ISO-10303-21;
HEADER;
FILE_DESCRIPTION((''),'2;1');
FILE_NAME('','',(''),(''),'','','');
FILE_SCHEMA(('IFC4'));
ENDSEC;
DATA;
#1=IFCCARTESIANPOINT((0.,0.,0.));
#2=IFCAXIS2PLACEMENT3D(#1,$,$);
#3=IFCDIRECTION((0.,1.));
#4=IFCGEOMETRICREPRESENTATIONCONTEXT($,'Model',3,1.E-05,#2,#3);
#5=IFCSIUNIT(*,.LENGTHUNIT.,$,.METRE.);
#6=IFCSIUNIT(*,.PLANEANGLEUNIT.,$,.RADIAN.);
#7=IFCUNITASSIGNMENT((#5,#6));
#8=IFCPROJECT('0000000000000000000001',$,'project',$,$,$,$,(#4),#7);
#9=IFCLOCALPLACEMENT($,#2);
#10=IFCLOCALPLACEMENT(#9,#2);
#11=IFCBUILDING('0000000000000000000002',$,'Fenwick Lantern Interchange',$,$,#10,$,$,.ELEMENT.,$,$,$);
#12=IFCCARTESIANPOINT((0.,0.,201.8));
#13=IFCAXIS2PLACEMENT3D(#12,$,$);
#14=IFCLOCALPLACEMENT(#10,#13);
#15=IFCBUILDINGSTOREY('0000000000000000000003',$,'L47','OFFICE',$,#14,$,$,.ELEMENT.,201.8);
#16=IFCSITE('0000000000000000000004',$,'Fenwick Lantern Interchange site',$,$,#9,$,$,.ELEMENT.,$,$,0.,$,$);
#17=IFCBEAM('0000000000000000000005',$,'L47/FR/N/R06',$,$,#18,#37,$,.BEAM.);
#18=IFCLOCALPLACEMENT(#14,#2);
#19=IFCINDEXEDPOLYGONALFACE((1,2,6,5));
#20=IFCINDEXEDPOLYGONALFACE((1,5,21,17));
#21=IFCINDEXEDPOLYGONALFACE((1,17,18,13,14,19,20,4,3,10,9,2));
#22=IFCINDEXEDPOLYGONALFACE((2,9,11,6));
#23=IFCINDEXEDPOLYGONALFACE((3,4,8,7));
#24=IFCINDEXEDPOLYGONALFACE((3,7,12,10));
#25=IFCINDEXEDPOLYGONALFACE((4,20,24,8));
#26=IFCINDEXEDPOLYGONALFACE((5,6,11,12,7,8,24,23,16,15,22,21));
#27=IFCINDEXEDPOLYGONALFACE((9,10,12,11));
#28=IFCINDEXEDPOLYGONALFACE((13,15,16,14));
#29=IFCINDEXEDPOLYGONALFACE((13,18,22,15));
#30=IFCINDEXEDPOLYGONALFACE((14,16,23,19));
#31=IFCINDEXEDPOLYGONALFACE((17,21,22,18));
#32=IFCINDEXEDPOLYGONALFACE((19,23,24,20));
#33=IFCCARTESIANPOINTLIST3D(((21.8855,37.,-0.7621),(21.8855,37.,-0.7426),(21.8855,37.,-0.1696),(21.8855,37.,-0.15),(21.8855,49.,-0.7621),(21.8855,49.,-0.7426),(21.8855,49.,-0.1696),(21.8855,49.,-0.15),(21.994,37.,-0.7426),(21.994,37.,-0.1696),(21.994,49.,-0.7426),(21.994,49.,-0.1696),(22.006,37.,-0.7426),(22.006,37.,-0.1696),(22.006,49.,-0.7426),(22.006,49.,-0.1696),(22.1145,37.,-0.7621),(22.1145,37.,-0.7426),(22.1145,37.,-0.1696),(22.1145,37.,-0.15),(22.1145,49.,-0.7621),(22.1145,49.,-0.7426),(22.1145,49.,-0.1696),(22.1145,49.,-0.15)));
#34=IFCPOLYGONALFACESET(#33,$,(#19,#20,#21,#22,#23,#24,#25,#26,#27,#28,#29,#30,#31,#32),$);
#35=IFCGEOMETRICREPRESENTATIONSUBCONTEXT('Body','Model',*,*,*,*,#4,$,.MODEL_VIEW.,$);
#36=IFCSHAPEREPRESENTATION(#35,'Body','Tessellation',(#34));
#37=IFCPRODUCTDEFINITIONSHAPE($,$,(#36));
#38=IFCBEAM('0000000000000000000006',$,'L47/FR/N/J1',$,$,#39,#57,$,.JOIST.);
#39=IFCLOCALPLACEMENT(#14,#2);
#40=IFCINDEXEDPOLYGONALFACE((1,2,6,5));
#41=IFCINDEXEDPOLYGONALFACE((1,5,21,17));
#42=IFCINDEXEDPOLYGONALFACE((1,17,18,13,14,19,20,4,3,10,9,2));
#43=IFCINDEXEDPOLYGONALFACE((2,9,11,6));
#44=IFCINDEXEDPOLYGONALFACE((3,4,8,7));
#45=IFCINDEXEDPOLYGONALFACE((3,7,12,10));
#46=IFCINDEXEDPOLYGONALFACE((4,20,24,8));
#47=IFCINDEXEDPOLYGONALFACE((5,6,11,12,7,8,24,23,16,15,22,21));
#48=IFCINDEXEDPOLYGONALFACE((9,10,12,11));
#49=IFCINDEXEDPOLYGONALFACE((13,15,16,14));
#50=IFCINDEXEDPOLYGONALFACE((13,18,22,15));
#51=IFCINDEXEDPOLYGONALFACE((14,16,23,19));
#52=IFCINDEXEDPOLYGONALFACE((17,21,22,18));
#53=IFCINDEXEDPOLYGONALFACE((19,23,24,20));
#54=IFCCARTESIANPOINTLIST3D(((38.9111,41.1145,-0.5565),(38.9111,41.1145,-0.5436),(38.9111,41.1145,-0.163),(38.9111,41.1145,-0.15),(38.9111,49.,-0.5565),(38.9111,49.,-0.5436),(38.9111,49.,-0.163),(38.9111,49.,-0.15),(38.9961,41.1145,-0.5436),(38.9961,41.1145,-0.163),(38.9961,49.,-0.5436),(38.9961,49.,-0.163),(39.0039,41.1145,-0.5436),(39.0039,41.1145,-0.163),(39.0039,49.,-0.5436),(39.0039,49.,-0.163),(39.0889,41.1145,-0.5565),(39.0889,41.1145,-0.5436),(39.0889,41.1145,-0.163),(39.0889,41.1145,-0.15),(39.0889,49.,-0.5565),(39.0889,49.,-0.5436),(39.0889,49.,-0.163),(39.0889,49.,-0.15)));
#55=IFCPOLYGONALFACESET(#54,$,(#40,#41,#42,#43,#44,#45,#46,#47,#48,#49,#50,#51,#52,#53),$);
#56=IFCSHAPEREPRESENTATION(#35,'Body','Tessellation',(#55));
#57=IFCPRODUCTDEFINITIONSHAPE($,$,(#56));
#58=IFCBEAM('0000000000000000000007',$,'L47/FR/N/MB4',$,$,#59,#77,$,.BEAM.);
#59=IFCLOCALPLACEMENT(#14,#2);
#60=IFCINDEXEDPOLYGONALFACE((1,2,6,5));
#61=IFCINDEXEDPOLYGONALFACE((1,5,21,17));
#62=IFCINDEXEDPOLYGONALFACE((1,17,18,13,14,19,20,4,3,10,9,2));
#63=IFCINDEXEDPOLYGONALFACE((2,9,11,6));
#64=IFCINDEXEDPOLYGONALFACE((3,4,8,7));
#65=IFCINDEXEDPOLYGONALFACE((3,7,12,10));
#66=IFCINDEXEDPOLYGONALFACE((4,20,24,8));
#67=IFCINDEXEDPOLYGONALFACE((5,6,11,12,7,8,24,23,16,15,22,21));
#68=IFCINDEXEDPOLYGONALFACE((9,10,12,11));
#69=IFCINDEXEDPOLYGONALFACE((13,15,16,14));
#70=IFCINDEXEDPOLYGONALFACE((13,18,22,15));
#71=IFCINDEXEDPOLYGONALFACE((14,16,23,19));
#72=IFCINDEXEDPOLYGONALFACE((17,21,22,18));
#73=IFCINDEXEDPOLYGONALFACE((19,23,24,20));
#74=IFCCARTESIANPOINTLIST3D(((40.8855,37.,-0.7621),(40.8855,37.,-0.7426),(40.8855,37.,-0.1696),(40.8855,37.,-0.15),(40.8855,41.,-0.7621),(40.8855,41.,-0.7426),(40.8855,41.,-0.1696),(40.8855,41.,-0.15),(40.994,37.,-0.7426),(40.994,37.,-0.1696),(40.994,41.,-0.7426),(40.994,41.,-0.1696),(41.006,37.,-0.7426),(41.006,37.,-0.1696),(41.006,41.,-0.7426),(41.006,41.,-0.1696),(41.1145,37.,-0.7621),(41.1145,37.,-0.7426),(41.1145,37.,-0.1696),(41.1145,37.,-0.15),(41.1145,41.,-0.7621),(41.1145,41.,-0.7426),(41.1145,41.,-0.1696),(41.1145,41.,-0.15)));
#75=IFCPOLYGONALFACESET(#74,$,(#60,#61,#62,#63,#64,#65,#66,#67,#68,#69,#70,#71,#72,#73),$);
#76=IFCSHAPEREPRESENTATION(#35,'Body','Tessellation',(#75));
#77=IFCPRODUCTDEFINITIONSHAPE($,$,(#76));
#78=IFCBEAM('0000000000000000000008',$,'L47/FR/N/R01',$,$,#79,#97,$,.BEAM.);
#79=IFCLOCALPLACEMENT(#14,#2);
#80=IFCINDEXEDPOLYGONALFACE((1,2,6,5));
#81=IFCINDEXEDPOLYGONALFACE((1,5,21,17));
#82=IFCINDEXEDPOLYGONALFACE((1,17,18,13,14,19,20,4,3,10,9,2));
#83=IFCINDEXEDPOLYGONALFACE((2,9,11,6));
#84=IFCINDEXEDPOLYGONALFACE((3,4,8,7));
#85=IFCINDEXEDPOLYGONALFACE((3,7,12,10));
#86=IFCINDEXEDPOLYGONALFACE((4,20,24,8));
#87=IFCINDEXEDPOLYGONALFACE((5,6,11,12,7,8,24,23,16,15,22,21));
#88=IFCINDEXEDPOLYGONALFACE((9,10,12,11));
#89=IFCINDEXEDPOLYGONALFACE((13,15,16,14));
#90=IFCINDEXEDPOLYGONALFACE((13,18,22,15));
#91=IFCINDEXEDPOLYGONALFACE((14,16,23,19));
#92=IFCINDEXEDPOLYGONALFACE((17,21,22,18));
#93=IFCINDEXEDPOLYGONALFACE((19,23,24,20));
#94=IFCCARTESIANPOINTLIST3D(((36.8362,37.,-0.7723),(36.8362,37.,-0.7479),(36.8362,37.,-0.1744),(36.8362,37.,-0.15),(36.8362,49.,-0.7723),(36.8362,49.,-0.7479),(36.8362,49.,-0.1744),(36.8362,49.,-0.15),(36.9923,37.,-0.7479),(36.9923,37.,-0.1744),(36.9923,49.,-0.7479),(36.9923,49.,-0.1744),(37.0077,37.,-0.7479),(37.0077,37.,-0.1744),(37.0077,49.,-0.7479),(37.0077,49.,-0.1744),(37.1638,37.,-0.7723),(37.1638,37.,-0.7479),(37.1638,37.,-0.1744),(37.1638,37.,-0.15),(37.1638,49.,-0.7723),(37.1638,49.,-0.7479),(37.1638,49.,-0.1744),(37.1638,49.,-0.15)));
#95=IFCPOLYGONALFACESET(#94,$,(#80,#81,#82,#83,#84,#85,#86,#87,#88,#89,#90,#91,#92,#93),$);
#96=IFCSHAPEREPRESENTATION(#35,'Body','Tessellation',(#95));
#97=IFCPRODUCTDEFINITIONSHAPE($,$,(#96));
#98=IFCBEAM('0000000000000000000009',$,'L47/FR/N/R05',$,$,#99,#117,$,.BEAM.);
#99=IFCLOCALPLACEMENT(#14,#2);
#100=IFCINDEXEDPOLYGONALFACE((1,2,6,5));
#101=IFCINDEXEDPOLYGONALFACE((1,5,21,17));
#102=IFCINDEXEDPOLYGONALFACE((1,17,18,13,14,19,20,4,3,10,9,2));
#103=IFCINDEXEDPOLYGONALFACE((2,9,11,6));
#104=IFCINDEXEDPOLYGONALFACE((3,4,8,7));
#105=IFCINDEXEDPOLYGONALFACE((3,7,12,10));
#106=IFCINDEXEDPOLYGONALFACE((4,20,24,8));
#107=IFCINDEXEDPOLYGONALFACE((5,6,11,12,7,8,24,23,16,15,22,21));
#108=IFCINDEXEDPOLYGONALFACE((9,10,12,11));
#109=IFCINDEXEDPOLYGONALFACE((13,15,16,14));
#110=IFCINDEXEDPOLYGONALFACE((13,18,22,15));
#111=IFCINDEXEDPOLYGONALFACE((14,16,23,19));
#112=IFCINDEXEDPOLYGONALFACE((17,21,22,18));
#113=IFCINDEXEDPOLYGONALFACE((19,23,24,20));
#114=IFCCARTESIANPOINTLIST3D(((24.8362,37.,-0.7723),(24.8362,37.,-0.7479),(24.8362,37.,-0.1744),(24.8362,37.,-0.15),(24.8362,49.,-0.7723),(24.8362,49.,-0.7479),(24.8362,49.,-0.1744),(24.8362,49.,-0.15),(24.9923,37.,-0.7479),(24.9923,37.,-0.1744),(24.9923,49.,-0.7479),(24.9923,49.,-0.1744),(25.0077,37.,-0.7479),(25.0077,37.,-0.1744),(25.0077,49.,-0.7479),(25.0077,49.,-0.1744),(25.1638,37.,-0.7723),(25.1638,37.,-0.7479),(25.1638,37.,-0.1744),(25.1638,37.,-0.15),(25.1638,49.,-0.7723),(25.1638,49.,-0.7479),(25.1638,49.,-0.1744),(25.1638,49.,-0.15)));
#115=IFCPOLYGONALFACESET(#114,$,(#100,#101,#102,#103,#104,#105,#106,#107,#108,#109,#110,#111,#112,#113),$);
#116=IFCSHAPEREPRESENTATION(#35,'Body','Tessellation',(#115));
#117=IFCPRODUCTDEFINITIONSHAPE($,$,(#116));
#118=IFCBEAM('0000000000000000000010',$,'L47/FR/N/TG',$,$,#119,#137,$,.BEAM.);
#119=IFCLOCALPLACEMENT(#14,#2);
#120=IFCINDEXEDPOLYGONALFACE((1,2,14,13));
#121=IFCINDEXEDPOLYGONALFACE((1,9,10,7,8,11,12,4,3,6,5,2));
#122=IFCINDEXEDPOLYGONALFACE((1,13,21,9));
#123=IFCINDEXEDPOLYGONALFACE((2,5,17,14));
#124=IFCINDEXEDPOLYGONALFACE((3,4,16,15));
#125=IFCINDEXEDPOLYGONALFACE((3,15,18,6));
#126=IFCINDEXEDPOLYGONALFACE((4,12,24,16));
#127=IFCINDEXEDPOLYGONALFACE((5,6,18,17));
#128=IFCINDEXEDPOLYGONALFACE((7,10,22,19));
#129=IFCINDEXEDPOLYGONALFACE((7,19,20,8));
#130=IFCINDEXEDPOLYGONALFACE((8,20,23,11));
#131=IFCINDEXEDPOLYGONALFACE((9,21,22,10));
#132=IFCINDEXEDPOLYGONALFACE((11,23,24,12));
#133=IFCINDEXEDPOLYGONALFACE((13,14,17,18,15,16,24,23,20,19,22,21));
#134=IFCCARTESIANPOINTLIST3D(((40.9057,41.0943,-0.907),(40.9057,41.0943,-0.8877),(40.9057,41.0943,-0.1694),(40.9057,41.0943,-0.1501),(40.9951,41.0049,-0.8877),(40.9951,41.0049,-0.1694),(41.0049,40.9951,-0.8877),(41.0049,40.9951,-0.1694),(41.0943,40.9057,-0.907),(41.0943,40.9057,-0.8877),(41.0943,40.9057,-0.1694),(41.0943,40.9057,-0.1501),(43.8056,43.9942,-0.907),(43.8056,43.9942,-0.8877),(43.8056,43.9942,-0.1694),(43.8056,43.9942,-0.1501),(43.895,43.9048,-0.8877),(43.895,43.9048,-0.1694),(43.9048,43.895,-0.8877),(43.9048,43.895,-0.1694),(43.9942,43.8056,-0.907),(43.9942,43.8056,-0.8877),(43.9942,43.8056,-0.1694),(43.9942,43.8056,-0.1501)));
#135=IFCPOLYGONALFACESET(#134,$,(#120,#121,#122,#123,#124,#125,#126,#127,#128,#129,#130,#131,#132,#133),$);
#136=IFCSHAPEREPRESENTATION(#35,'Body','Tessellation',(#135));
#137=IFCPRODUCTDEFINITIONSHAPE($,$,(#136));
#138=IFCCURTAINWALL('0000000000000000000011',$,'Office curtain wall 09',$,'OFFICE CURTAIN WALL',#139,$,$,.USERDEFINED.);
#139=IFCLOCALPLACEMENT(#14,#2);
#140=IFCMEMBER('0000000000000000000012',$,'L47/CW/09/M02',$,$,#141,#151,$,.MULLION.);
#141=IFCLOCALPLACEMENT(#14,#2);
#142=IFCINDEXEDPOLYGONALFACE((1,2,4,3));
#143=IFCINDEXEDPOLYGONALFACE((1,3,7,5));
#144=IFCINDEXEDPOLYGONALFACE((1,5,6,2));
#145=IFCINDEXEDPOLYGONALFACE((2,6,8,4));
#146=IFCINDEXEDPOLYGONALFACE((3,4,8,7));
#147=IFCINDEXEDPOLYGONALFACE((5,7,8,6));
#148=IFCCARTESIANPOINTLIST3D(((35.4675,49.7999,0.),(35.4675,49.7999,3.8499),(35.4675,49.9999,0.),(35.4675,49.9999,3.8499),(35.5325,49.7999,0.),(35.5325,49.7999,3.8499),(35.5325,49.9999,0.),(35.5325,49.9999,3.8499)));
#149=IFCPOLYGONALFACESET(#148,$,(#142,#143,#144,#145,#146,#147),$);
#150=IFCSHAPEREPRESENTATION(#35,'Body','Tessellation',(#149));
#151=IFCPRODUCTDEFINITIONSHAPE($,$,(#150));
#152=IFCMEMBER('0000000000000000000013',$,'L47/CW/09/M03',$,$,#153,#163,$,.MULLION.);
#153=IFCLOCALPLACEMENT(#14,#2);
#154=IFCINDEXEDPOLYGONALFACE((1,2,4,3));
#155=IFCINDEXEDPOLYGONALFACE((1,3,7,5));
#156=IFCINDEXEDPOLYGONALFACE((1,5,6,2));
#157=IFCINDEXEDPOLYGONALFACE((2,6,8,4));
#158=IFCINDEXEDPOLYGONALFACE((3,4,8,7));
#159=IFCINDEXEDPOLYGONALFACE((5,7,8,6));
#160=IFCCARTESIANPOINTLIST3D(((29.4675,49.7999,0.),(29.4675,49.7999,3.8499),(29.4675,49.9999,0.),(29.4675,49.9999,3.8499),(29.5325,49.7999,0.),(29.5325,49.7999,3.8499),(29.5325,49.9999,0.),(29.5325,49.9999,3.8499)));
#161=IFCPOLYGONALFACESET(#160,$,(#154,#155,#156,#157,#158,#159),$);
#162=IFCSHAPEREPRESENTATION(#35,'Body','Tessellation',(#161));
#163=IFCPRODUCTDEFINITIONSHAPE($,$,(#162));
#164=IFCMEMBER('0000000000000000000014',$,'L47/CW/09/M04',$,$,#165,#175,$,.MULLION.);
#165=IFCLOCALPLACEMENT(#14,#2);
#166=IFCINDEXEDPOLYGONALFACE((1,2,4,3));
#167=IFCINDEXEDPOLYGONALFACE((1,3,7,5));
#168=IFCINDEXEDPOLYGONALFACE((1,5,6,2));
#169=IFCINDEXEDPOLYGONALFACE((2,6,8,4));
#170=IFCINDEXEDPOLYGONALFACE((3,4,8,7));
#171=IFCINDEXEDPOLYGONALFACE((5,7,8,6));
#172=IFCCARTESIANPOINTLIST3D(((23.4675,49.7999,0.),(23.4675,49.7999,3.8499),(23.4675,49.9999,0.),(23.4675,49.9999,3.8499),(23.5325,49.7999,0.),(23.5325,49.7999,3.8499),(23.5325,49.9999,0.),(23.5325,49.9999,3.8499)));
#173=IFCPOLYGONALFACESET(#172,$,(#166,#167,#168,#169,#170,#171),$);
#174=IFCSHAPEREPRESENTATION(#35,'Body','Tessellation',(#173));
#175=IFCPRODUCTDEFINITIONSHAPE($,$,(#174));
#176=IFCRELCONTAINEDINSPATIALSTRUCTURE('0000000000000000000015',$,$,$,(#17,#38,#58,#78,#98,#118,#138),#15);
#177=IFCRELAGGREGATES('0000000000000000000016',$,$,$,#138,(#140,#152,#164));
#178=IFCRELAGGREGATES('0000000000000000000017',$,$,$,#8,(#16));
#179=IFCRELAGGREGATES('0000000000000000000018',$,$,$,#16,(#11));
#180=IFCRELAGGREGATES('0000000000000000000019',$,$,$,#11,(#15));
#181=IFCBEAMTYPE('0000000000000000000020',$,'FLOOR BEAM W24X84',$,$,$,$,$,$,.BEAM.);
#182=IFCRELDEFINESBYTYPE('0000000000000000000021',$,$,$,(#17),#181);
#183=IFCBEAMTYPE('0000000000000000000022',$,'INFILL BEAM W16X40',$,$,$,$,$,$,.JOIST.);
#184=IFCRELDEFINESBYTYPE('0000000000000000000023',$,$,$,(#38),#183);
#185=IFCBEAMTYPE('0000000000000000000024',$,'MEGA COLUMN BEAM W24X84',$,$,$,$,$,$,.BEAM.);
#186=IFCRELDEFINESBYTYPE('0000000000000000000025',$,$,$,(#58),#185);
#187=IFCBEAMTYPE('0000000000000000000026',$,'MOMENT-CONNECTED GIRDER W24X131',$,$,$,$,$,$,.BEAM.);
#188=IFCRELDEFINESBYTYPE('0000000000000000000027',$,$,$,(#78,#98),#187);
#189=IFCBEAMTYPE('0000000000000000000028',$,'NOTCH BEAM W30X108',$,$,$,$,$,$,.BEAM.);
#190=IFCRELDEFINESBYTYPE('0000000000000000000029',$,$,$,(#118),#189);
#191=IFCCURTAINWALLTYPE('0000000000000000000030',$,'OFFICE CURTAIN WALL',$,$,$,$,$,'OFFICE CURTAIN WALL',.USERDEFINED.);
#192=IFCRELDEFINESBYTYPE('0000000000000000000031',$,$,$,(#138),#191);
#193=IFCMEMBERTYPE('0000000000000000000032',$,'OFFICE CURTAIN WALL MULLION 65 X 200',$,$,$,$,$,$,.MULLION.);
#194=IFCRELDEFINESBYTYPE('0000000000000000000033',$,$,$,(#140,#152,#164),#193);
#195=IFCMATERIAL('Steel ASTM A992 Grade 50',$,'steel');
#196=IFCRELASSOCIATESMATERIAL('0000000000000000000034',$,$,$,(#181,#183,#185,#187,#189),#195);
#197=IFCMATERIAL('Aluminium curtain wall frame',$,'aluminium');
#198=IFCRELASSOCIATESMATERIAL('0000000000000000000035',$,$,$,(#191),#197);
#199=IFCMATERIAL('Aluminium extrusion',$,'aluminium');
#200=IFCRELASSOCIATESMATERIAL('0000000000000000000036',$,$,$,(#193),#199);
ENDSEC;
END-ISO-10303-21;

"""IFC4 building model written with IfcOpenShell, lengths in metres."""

from ifc_helpers import new_model, si_unit, direction, frame, origin, origin_2d, place, context, subcontext, project, spatial, rectangle, i_section, extrude, material, material_profile, profile_set, type_object, element, aggregate, save


model = new_model("IFC4")

# Units and contexts
model_context = context("Model", 3, precision=1e-05, world=origin(), true_north=direction((0.0, 1.0)))
body_context = subcontext(model_context, "Body", "Model", "MODEL_VIEW")
ifc_project = project(units=[si_unit("LENGTHUNIT", "METRE"), si_unit("PLANEANGLEUNIT", "RADIAN")], contexts=[model_context])

# Site, building, storey
site_placement = place(None, origin())
site = spatial("IfcSite", under=ifc_project, at=site_placement, Name="Fenwick Lantern Interchange site", CompositionType="ELEMENT", RefElevation=0.0)
building_placement = place(site_placement, origin())
building = spatial("IfcBuilding", under=site, at=building_placement, Name="Fenwick Lantern Interchange", CompositionType="ELEMENT")
storey_placement = place(building_placement, frame((0.0, 0.0, 201.8)))
storey = spatial("IfcBuildingStorey", under=building, at=storey_placement, Name="L47", Description="OFFICE", CompositionType="ELEMENT", Elevation=201.8)

# Shared definitions
ifc_material_1 = material(Name="Steel ASTM A992 Grade 50", Category="steel")

# Beams
ifc_material_profile_1 = material_profile(ifc_material_1, i_section(OverallWidth=0.229, OverallDepth=0.6121, WebThickness=0.012, FlangeThickness=0.0195, at=origin_2d()), Name="W24X84")
ifc_profile_set_1 = profile_set([ifc_material_profile_1], Name="Steel ASTM A992 Grade 50")
beam_type_1 = type_object("IfcBeamType", Name="FLOOR BEAM W24X84", PredefinedType="BEAM", material=ifc_profile_set_1)
for number, where, z_axis, x_axis, name in (
    (1, (22.0, 49.0, -0.4561), (0.0, -1.0, 0.0), (1.0, 0.0, 0.0), "L47/FR/N/R06"),
):
    element("IfcBeam", number, at=place(storey_placement, frame(where, z_axis=z_axis, x_axis=x_axis)), inside=storey, type_object=beam_type_1, Name=name, PredefinedType="BEAM", context=body_context, shape_type="SweptSolid", body=[
        extrude(i_section(OverallWidth=0.229, OverallDepth=0.6121, WebThickness=0.012, FlangeThickness=0.0195, at=origin_2d()), origin(), (0.0, 0.0, 1.0), 12.0),
    ])
ifc_material_profile_2 = material_profile(ifc_material_1, i_section(OverallWidth=0.1777, OverallDepth=0.4065, WebThickness=0.0078, FlangeThickness=0.0129, at=origin_2d()), Name="W16X40")
ifc_profile_set_2 = profile_set([ifc_material_profile_2], Name="Steel ASTM A992 Grade 50")
beam_type_2 = type_object("IfcBeamType", Name="INFILL BEAM W16X40", PredefinedType="JOIST", material=ifc_profile_set_2)
beam_1_placement = place(storey_placement, frame((39.0, 49.0, -0.3533), z_axis=(0.0, -1.0, 0.0), x_axis=(1.0, 0.0, 0.0)))
element("IfcBeam", 2, at=beam_1_placement, inside=storey, type_object=beam_type_2, Name="L47/FR/N/J1", PredefinedType="JOIST", context=body_context, shape_type="SweptSolid", body=[
    extrude(i_section(OverallWidth=0.1777, OverallDepth=0.4065, WebThickness=0.0078, FlangeThickness=0.0129, at=origin_2d()), origin(), (0.0, 0.0, 1.0), 7.8855),
])
ifc_material_profile_3 = material_profile(ifc_material_1, i_section(OverallWidth=0.229, OverallDepth=0.6121, WebThickness=0.012, FlangeThickness=0.0195, at=origin_2d()), Name="W24X84")
ifc_profile_set_3 = profile_set([ifc_material_profile_3], Name="Steel ASTM A992 Grade 50")
beam_type_3 = type_object("IfcBeamType", Name="MEGA COLUMN BEAM W24X84", PredefinedType="BEAM", material=ifc_profile_set_3)
beam_2_placement = place(storey_placement, frame((41.0, 41.0, -0.4561), z_axis=(0.0, -1.0, 0.0), x_axis=(1.0, 0.0, 0.0)))
element("IfcBeam", 3, at=beam_2_placement, inside=storey, type_object=beam_type_3, Name="L47/FR/N/MB4", PredefinedType="BEAM", context=body_context, shape_type="SweptSolid", body=[
    extrude(i_section(OverallWidth=0.229, OverallDepth=0.6121, WebThickness=0.012, FlangeThickness=0.0195, at=origin_2d()), origin(), (0.0, 0.0, 1.0), 4.0),
])
ifc_material_profile_4 = material_profile(ifc_material_1, i_section(OverallWidth=0.3276, OverallDepth=0.6223, WebThickness=0.0154, FlangeThickness=0.0244, at=origin_2d()), Name="W24X131")
ifc_profile_set_4 = profile_set([ifc_material_profile_4], Name="Steel ASTM A992 Grade 50")
beam_type_4 = type_object("IfcBeamType", Name="MOMENT-CONNECTED GIRDER W24X131", PredefinedType="BEAM", material=ifc_profile_set_4)
for number, where, z_axis, x_axis, name in (
    (4, (37.0, 49.0, -0.4612), (0.0, -1.0, 0.0), (1.0, 0.0, 0.0), "L47/FR/N/R01"),
    (5, (25.0, 49.0, -0.4612), (0.0, -1.0, 0.0), (1.0, 0.0, 0.0), "L47/FR/N/R05"),
):
    element("IfcBeam", number, at=place(storey_placement, frame(where, z_axis=z_axis, x_axis=x_axis)), inside=storey, type_object=beam_type_4, Name=name, PredefinedType="BEAM", context=body_context, shape_type="SweptSolid", body=[
        extrude(i_section(OverallWidth=0.3276, OverallDepth=0.6223, WebThickness=0.0154, FlangeThickness=0.0244, at=origin_2d()), origin(), (0.0, 0.0, 1.0), 12.0),
    ])
ifc_material_profile_5 = material_profile(ifc_material_1, i_section(OverallWidth=0.2666, OverallDepth=0.7568, WebThickness=0.0139, FlangeThickness=0.0193, at=origin_2d()), Name="W30X108")
ifc_profile_set_5 = profile_set([ifc_material_profile_5], Name="Steel ASTM A992 Grade 50")
beam_type_5 = type_object("IfcBeamType", Name="NOTCH BEAM W30X108", PredefinedType="BEAM", material=ifc_profile_set_5)
beam_3_placement = place(storey_placement, frame((41.0, 41.0, -0.5286), z_axis=(0.707107, 0.707107, 0.0), x_axis=(-0.707107, 0.707107, 0.0)))
element("IfcBeam", 6, at=beam_3_placement, inside=storey, type_object=beam_type_5, Name="L47/FR/N/TG", PredefinedType="BEAM", context=body_context, shape_type="SweptSolid", body=[
    extrude(i_section(OverallWidth=0.2666, OverallDepth=0.7568, WebThickness=0.0139, FlangeThickness=0.0193, at=origin_2d()), origin(), (0.0, 0.0, 1.0), 4.1011),
])

# Curtain wall, members
ifc_material_2 = material(Name="Aluminium curtain wall frame", Category="aluminium")
curtain_wall_type = type_object("IfcCurtainWallType", Name="OFFICE CURTAIN WALL", ElementType="OFFICE CURTAIN WALL", PredefinedType="USERDEFINED", material=ifc_material_2)
curtain_wall_placement = place(storey_placement, origin())
curtain_wall = element("IfcCurtainWall", 7, at=curtain_wall_placement, inside=storey, type_object=curtain_wall_type, Name="Office curtain wall 09", ObjectType="OFFICE CURTAIN WALL", PredefinedType="USERDEFINED")
ifc_material_3 = material(Name="Aluminium extrusion", Category="aluminium")
ifc_material_profile_6 = material_profile(ifc_material_3, rectangle(XDim=0.2, YDim=0.0649, at=origin_2d()), Name="OFFICE CURTAIN WALL MULLION 65 X 200")
ifc_profile_set_6 = profile_set([ifc_material_profile_6], Name="Aluminium extrusion")
member_type_1 = type_object("IfcMemberType", Name="OFFICE CURTAIN WALL MULLION 65 X 200", PredefinedType="MULLION", material=ifc_profile_set_6)
member_1_placement = place(storey_placement, frame((35.5, 49.8999, 0.0), z_axis=(0.0, 0.0, 1.0), x_axis=(0.0, -1.0, 0.0)))
member_1 = element("IfcMember", 8, at=member_1_placement, type_object=member_type_1, Name="L47/CW/09/M02", PredefinedType="MULLION", context=body_context, shape_type="SweptSolid", body=[
    extrude(rectangle(XDim=0.2, YDim=0.0649, at=origin_2d()), origin(), (0.0, 0.0, 1.0), 3.8499),
])
member_2_placement = place(storey_placement, frame((29.5, 49.8999, 0.0), z_axis=(0.0, 0.0, 1.0), x_axis=(0.0, -1.0, 0.0)))
member_2 = element("IfcMember", 9, at=member_2_placement, type_object=member_type_1, Name="L47/CW/09/M03", PredefinedType="MULLION", context=body_context, shape_type="SweptSolid", body=[
    extrude(rectangle(XDim=0.2, YDim=0.0649, at=origin_2d()), origin(), (0.0, 0.0, 1.0), 3.8499),
])
member_3_placement = place(storey_placement, frame((23.5, 49.8999, 0.0), z_axis=(0.0, 0.0, 1.0), x_axis=(0.0, -1.0, 0.0)))
member_3 = element("IfcMember", 10, at=member_3_placement, type_object=member_type_1, Name="L47/CW/09/M04", PredefinedType="MULLION", context=body_context, shape_type="SweptSolid", body=[
    extrude(rectangle(XDim=0.2, YDim=0.0649, at=origin_2d()), origin(), (0.0, 0.0, 1.0), 3.8499),
])
aggregate(curtain_wall, [member_1, member_2, member_3])

save(model, "model.ifc")
